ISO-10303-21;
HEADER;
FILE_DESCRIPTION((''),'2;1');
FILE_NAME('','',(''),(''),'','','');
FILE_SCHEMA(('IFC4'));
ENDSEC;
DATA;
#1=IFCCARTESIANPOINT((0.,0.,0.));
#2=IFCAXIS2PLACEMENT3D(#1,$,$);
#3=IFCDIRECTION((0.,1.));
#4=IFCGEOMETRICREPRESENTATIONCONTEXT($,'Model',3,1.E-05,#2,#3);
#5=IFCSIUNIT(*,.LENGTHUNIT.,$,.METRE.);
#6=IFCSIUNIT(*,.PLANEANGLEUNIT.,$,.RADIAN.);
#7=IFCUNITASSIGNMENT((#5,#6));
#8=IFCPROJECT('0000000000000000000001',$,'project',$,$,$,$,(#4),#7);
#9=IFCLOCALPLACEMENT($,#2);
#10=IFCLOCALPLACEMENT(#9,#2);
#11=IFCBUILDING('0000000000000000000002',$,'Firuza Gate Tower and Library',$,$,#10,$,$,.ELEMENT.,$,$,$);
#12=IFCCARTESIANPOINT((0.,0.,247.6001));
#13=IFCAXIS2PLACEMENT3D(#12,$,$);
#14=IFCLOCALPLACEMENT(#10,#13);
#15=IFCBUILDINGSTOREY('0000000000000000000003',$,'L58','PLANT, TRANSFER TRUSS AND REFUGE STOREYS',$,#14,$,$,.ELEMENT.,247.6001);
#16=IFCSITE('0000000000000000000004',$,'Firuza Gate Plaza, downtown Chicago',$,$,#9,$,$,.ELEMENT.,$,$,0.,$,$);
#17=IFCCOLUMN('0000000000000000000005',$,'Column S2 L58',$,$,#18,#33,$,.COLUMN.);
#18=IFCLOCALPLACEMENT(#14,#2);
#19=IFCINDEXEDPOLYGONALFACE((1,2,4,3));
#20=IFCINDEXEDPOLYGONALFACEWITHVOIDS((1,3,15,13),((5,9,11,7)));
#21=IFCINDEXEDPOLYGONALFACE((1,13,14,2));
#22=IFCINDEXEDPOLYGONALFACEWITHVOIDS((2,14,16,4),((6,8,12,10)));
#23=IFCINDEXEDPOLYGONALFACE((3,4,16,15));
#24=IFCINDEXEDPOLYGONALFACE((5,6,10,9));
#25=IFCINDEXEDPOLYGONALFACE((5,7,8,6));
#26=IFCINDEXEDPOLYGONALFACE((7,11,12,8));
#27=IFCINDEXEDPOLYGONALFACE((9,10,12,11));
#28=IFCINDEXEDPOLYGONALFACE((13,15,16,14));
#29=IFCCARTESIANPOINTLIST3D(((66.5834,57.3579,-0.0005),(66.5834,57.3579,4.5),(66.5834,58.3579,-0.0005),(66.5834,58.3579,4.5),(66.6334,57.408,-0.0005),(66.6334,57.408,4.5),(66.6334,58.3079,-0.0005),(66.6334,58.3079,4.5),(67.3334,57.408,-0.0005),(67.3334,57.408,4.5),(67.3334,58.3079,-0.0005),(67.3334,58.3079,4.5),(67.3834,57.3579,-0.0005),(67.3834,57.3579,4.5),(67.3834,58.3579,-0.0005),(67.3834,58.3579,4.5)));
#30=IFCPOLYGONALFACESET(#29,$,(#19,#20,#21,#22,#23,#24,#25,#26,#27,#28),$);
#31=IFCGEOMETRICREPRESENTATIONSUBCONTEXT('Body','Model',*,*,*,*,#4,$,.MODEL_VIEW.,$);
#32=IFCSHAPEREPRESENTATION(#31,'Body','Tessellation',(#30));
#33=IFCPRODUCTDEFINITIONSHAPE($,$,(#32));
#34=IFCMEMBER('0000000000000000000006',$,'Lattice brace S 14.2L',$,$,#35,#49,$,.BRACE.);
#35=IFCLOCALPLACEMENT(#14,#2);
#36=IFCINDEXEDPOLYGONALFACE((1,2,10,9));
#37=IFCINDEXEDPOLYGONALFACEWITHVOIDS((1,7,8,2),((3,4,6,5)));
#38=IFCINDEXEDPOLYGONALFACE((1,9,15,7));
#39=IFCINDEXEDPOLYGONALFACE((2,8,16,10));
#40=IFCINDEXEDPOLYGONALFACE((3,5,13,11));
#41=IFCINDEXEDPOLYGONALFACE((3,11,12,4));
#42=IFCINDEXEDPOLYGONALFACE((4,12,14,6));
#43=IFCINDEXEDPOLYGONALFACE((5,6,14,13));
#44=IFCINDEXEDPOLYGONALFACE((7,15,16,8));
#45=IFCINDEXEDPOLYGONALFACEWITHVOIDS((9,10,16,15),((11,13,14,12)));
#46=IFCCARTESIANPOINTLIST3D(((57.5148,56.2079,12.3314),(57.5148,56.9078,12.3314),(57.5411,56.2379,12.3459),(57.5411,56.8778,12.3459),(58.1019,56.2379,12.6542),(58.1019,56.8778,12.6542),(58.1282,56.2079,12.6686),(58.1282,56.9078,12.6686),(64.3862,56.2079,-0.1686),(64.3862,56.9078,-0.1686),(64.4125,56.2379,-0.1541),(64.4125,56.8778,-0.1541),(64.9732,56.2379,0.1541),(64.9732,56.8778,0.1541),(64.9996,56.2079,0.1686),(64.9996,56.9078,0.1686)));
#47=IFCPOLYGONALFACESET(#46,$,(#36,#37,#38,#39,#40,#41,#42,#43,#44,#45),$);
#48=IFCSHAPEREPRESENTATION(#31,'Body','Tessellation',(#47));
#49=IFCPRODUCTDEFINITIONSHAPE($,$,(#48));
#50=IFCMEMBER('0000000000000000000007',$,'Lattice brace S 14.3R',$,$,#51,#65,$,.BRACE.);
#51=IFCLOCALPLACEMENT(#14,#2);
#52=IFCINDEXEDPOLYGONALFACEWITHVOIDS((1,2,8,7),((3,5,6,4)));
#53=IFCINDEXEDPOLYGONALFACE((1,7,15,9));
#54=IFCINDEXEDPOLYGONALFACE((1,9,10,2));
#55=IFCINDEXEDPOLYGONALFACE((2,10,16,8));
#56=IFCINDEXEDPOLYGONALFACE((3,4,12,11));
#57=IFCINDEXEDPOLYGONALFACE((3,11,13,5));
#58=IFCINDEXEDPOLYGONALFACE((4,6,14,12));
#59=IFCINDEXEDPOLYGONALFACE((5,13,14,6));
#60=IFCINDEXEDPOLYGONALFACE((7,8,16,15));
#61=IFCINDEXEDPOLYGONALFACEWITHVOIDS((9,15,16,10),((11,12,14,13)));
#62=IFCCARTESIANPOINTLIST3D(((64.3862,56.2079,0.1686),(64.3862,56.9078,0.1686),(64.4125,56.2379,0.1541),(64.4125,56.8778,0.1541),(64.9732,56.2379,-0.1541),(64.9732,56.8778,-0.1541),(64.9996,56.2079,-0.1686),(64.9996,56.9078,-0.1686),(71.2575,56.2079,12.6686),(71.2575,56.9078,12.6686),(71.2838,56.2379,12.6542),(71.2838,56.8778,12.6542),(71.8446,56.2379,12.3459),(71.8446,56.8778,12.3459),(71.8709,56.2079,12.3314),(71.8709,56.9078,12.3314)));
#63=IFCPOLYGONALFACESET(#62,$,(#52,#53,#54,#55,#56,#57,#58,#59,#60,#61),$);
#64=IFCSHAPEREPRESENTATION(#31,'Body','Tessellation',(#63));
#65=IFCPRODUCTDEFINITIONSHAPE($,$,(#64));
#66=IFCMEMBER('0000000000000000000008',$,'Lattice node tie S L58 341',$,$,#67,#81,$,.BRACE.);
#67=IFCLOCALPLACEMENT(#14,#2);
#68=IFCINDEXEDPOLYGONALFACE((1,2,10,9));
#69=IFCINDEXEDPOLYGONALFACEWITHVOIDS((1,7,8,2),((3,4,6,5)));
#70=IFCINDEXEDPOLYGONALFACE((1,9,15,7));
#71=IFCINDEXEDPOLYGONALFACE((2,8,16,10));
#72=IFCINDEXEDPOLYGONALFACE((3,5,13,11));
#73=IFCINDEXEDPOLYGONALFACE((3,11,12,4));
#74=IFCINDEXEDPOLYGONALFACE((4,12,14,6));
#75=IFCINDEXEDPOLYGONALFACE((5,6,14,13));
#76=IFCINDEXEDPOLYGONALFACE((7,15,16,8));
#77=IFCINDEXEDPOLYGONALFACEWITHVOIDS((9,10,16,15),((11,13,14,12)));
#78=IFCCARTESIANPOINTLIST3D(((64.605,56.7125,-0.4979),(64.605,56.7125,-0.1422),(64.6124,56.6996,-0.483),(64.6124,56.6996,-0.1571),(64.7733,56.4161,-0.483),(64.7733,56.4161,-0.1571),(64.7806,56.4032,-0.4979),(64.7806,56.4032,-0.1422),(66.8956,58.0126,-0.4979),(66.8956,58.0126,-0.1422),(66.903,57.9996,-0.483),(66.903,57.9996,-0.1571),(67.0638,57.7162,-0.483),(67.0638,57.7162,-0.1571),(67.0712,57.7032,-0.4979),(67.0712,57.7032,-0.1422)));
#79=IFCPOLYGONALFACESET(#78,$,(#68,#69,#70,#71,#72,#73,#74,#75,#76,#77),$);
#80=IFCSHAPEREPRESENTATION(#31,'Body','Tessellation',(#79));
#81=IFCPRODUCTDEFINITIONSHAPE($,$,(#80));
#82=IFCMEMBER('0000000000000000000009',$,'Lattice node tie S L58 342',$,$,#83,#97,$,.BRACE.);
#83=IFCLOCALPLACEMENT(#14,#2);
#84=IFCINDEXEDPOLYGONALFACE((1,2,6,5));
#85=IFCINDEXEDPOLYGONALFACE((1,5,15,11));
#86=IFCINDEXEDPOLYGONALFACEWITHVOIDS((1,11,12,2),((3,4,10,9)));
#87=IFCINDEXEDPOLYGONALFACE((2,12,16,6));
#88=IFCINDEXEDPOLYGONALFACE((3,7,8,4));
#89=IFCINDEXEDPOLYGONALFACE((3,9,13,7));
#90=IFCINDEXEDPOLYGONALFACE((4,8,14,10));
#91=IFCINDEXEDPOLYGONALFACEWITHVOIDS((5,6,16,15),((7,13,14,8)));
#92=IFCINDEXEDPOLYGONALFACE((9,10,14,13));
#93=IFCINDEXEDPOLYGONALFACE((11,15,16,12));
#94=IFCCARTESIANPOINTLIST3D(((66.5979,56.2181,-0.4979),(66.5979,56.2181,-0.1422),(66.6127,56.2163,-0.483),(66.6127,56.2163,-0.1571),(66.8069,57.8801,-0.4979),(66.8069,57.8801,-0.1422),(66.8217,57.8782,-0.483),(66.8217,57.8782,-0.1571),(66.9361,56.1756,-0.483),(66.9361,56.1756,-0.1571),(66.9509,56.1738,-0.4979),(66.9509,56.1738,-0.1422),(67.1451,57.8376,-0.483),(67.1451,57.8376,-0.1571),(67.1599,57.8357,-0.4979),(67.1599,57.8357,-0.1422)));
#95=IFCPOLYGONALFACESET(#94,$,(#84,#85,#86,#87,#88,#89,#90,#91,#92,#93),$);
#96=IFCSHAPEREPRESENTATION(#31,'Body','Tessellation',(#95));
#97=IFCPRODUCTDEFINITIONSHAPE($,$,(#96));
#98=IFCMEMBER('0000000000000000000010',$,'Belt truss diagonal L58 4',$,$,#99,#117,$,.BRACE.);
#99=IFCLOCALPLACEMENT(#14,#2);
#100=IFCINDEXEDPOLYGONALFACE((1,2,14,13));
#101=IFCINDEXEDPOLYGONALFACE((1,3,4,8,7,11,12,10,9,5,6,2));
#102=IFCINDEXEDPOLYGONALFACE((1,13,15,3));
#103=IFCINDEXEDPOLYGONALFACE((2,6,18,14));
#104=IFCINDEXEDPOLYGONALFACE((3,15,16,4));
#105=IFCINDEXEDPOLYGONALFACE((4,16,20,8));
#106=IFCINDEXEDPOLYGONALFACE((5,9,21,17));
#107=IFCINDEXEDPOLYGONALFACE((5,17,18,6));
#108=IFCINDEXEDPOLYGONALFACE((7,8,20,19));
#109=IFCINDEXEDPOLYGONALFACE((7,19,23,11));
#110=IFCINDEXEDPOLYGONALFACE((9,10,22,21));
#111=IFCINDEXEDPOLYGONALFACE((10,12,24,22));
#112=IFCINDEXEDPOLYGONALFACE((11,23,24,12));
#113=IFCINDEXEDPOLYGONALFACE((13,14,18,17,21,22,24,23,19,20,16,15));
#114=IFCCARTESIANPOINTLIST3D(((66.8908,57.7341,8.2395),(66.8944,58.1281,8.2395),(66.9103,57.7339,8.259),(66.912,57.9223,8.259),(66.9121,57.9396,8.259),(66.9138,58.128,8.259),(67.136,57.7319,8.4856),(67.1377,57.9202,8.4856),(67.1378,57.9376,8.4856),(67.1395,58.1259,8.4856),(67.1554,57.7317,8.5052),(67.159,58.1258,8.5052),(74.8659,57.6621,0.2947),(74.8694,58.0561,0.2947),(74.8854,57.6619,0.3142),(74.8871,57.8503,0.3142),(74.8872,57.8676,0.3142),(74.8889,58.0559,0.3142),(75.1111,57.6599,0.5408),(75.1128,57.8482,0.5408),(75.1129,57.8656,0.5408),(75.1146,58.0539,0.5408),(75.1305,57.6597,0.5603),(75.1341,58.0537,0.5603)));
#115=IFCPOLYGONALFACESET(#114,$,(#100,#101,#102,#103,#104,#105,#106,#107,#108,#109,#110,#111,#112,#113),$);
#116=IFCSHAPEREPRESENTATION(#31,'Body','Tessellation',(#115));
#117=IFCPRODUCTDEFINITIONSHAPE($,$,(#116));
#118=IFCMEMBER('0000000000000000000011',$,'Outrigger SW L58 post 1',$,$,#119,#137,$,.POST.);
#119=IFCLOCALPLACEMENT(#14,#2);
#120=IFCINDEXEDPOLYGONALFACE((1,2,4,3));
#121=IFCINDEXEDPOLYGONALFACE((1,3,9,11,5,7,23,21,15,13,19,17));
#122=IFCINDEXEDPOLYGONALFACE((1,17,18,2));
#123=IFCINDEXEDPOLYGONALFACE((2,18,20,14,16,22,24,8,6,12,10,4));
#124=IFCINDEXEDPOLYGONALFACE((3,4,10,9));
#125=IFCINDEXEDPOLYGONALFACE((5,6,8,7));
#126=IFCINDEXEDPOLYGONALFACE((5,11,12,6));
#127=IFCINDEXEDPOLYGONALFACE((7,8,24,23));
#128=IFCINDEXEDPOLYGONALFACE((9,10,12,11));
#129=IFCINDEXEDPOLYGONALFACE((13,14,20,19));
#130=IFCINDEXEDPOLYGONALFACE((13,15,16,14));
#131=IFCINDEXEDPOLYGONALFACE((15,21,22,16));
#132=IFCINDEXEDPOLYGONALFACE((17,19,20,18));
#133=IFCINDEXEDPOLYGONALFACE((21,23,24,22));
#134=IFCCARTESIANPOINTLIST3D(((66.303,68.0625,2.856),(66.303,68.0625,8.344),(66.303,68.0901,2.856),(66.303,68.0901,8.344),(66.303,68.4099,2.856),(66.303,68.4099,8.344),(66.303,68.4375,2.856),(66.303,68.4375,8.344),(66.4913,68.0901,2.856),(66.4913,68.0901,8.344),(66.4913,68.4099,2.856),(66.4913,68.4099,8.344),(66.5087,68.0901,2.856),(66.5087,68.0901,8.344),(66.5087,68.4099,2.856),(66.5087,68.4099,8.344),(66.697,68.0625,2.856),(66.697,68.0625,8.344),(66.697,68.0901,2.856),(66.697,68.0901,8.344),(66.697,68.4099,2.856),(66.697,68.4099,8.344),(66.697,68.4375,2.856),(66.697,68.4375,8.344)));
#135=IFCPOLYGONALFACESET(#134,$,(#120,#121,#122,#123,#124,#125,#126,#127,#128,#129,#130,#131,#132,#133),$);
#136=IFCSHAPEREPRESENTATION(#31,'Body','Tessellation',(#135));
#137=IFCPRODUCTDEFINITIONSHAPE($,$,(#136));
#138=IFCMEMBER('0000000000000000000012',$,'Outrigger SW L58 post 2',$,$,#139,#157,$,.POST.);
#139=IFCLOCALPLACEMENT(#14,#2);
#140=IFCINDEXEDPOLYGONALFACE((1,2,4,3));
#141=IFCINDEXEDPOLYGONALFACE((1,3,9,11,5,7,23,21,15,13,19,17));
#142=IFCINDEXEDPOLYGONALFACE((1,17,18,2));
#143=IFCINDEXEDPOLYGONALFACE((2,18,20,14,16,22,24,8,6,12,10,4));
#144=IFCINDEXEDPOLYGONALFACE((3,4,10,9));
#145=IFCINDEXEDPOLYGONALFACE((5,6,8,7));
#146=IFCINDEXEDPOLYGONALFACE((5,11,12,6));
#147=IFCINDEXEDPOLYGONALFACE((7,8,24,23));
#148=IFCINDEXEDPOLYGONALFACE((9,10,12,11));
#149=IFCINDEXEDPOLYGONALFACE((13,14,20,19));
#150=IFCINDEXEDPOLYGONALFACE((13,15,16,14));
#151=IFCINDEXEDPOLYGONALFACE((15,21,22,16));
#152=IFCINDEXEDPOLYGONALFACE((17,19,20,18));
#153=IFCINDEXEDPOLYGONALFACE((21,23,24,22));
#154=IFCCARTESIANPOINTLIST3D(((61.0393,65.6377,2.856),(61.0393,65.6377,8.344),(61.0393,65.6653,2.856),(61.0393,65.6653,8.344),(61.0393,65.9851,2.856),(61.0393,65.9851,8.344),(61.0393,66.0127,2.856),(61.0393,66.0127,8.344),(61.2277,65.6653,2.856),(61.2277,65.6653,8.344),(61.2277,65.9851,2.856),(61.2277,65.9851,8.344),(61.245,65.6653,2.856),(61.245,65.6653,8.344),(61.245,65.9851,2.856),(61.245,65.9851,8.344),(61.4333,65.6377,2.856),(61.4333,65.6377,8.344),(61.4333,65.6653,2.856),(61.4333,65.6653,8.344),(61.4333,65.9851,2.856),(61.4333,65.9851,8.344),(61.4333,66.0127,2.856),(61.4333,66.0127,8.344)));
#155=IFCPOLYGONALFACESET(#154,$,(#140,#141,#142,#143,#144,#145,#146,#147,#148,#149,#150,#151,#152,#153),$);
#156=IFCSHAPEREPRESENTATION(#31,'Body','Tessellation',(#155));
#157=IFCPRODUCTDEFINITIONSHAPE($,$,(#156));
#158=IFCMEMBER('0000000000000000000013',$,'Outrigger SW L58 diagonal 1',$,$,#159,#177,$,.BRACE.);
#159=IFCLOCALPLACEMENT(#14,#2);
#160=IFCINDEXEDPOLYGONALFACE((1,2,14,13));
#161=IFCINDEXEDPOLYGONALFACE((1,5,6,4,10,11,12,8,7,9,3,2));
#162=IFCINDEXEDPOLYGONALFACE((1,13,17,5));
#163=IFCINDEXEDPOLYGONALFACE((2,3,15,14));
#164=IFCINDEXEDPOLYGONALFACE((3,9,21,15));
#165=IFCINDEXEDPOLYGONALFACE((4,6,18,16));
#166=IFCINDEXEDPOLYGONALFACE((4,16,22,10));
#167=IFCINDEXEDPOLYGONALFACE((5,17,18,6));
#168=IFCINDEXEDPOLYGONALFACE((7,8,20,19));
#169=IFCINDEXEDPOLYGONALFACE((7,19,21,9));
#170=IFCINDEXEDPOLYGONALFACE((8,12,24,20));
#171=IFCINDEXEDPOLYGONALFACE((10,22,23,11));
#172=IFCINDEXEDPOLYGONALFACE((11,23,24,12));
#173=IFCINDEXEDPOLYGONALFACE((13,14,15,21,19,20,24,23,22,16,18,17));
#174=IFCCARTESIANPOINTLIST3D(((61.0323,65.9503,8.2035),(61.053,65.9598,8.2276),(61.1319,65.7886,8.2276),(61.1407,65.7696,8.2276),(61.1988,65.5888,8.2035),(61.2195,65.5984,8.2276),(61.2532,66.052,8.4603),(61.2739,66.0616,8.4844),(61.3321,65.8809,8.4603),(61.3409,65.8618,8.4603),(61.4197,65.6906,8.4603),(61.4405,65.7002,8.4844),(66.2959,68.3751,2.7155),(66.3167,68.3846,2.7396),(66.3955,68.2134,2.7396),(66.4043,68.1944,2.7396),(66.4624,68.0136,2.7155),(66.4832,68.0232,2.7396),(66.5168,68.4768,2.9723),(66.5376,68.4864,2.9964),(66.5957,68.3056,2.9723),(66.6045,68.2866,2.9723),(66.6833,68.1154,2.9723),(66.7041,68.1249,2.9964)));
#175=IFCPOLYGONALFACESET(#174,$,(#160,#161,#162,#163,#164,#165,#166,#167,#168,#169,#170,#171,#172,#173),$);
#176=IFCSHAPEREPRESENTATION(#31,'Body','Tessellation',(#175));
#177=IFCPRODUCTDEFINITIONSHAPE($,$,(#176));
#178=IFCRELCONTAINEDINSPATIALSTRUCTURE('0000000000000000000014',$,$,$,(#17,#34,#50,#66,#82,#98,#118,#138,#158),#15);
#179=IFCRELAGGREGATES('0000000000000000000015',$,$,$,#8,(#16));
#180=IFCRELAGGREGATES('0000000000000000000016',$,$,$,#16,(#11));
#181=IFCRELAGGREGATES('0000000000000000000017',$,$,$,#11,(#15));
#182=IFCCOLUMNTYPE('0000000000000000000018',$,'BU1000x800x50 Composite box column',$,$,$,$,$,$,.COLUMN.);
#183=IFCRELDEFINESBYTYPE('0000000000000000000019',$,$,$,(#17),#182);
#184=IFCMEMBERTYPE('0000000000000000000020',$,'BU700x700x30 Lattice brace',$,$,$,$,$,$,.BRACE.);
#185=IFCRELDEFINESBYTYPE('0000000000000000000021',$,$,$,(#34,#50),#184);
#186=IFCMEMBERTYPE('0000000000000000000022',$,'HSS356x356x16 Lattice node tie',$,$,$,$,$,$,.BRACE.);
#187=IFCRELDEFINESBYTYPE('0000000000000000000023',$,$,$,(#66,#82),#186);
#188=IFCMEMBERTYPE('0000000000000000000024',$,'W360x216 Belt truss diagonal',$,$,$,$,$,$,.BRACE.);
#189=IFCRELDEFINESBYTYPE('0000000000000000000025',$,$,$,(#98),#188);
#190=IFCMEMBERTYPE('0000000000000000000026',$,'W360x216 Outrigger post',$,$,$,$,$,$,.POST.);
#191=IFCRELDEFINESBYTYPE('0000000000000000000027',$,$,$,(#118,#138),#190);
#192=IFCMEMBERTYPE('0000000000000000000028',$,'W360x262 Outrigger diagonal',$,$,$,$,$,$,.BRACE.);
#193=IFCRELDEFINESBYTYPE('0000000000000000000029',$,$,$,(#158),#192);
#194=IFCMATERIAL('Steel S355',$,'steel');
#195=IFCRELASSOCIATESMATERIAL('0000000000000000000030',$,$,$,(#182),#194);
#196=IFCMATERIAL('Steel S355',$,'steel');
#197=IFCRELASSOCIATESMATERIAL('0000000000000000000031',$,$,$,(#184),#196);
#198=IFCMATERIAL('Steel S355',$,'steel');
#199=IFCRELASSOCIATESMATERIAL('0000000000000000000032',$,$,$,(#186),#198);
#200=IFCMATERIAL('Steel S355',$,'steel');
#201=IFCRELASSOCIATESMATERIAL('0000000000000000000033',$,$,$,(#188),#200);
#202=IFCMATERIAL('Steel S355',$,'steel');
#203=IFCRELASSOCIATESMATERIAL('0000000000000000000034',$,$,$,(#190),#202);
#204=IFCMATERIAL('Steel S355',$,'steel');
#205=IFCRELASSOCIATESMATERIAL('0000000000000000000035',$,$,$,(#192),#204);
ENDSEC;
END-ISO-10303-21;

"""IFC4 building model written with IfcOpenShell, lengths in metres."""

from ifc_helpers import new_model, si_unit, direction, frame, origin, origin_2d, place, context, subcontext, project, spatial, hollow_rectangle, i_section, extrude, material, material_profile, profile_set, type_object, element, save


model = new_model("IFC4")

# Units and contexts
model_context = context("Model", 3, precision=1e-05, world=origin(), true_north=direction((0.0, 1.0)))
body_context = subcontext(model_context, "Body", "Model", "MODEL_VIEW")
ifc_project = project(units=[si_unit("LENGTHUNIT", "METRE"), si_unit("PLANEANGLEUNIT", "RADIAN")], contexts=[model_context])

# Site, building, storey
site_placement = place(None, origin())
site = spatial("IfcSite", under=ifc_project, at=site_placement, Name="Firuza Gate Plaza, downtown Chicago", CompositionType="ELEMENT", RefElevation=0.0)
building_placement = place(site_placement, origin())
building = spatial("IfcBuilding", under=site, at=building_placement, Name="Firuza Gate Tower and Library", CompositionType="ELEMENT")
storey_placement = place(building_placement, frame((0.0, 0.0, 247.6001)))
storey = spatial("IfcBuildingStorey", under=building, at=storey_placement, Name="L58", Description="PLANT, TRANSFER TRUSS AND REFUGE STOREYS", CompositionType="ELEMENT", Elevation=247.6001)

# Column
ifc_material_1 = material(Name="Steel S355", Category="steel")
ifc_material_profile_1 = material_profile(ifc_material_1, hollow_rectangle(XDim=0.8, YDim=1.0, WallThickness=0.05, at=origin_2d()))
ifc_profile_set_1 = profile_set([ifc_material_profile_1], Name="Steel S355")
column_type = type_object("IfcColumnType", Name="BU1000x800x50 Composite box column", PredefinedType="COLUMN", material=ifc_profile_set_1)
column_placement = place(storey_placement, frame((66.9834, 57.8579, -0.0005), z_axis=(0.0, 0.0, 1.0), x_axis=(1.0, 0.0, 0.0)))
element("IfcColumn", 1, at=column_placement, inside=storey, type_object=column_type, Name="Column S2 L58", PredefinedType="COLUMN", context=body_context, shape_type="SweptSolid", body=[
    extrude(hollow_rectangle(XDim=0.8, YDim=1.0, WallThickness=0.05, at=origin_2d()), origin(), (0.0, 0.0, 1.0), 4.5005),
])

# Members
ifc_material_2 = material(Name="Steel S355", Category="steel")
ifc_material_profile_2 = material_profile(ifc_material_2, hollow_rectangle(XDim=0.7, YDim=0.7, WallThickness=0.03, at=origin_2d()))
ifc_profile_set_2 = profile_set([ifc_material_profile_2], Name="Steel S355")
member_type_1 = type_object("IfcMemberType", Name="BU700x700x30 Lattice brace", PredefinedType="BRACE", material=ifc_profile_set_2)
for number, where, z_axis, x_axis, name in (
    (2, (64.6929, 56.5579, 0.0), (-0.481722, 0.0, 0.876324), (0.0, -1.0, 0.0), "Lattice brace S 14.2L"),
    (3, (64.6929, 56.5579, 0.0), (0.481722, 0.0, 0.876324), (0.0, 1.0, 0.0), "Lattice brace S 14.3R"),
):
    element("IfcMember", number, at=place(storey_placement, frame(where, z_axis=z_axis, x_axis=x_axis)), inside=storey, type_object=member_type_1, Name=name, PredefinedType="BRACE", context=body_context, shape_type="SweptSolid", body=[
        extrude(hollow_rectangle(XDim=0.7, YDim=0.7, WallThickness=0.03, at=origin_2d()), origin(), (0.0, 0.0, 1.0), 14.2642),
    ])
ifc_material_3 = material(Name="Steel S355", Category="steel")
ifc_material_profile_3 = material_profile(ifc_material_3, hollow_rectangle(XDim=0.3557, YDim=0.3557, WallThickness=0.0149, at=origin_2d()))
ifc_profile_set_3 = profile_set([ifc_material_profile_3], Name="Steel S355")
member_type_2 = type_object("IfcMemberType", Name="HSS356x356x16 Lattice node tie", PredefinedType="BRACE", material=ifc_profile_set_3)
member_1_placement = place(storey_placement, frame((66.9834, 57.8579, -0.3201), z_axis=(-0.869683, -0.493611, 0.0), x_axis=(0.493611, -0.869683, 0.0)))
element("IfcMember", 4, at=member_1_placement, inside=storey, type_object=member_type_2, Name="Lattice node tie S L58 341", PredefinedType="BRACE", context=body_context, shape_type="SweptSolid", body=[
    extrude(hollow_rectangle(XDim=0.3557, YDim=0.3557, WallThickness=0.0149, at=origin_2d()), origin(), (0.0, 0.0, 1.0), 2.6338),
])
member_2_placement = place(storey_placement, frame((66.9834, 57.8579, -0.3201), z_axis=(-0.12477, -0.992186, 0.0), x_axis=(0.992186, -0.12477, 0.0)))
element("IfcMember", 5, at=member_2_placement, inside=storey, type_object=member_type_2, Name="Lattice node tie S L58 342", PredefinedType="BRACE", context=body_context, shape_type="SweptSolid", body=[
    extrude(hollow_rectangle(XDim=0.3557, YDim=0.3557, WallThickness=0.0149, at=origin_2d()), origin(), (0.0, 0.0, 1.0), 1.675),
])
ifc_material_4 = material(Name="Steel S355", Category="steel")
ifc_material_profile_4 = material_profile(ifc_material_4, i_section(OverallWidth=0.394, OverallDepth=0.375, WebThickness=0.0173, FlangeThickness=0.0276, at=origin_2d()))
ifc_profile_set_4 = profile_set([ifc_material_profile_4], Name="Steel S355")
member_type_3 = type_object("IfcMemberType", Name="W360x216 Belt truss diagonal", PredefinedType="BRACE", material=ifc_profile_set_4)
member_3_placement = place(storey_placement, frame((67.0249, 57.9299, 8.3723), z_axis=(0.708436, -0.006398, -0.705746), x_axis=(0.00903, 0.999959, 0.0)))
element("IfcMember", 6, at=member_3_placement, inside=storey, type_object=member_type_3, Name="Belt truss diagonal L58 4", PredefinedType="BRACE", context=body_context, shape_type="SweptSolid", body=[
    extrude(i_section(OverallWidth=0.394, OverallDepth=0.375, WebThickness=0.0173, FlangeThickness=0.0276, at=origin_2d()), origin(), (0.0, 0.0, 1.0), 11.2573),
])
ifc_material_5 = material(Name="Steel S355", Category="steel")
ifc_material_profile_5 = material_profile(ifc_material_5, i_section(OverallWidth=0.394, OverallDepth=0.375, WebThickness=0.0173, FlangeThickness=0.0276, at=origin_2d()))
ifc_profile_set_5 = profile_set([ifc_material_profile_5], Name="Steel S355")
member_type_4 = type_object("IfcMemberType", Name="W360x216 Outrigger post", PredefinedType="POST", material=ifc_profile_set_5)
for number, where, z_axis, x_axis, name in (
    (7, (66.5, 68.25, 2.856), (0.0, 0.0, 1.0), (1.0, 0.0, 0.0), "Outrigger SW L58 post 1"),
    (8, (61.2363, 65.8252, 2.856), (0.0, 0.0, 1.0), (1.0, 0.0, 0.0), "Outrigger SW L58 post 2"),
):
    element("IfcMember", number, at=place(storey_placement, frame(where, z_axis=z_axis, x_axis=x_axis)), inside=storey, type_object=member_type_4, Name=name, PredefinedType="POST", context=body_context, shape_type="SweptSolid", body=[
        extrude(i_section(OverallWidth=0.394, OverallDepth=0.375, WebThickness=0.0173, FlangeThickness=0.0276, at=origin_2d()), origin(), (0.0, 0.0, 1.0), 5.488),
    ])
ifc_material_6 = material(Name="Steel S355", Category="steel")
ifc_material_profile_6 = material_profile(ifc_material_6, i_section(OverallWidth=0.3979, OverallDepth=0.387, WebThickness=0.021, FlangeThickness=0.0332, at=origin_2d()))
ifc_profile_set_6 = profile_set([ifc_material_profile_6], Name="Steel S355")
member_type_5 = type_object("IfcMemberType", Name="W360x262 Outrigger diagonal", PredefinedType="BRACE", material=ifc_profile_set_6)
for number, where, z_axis, x_axis, name in (
    (9, (66.5, 68.25, 2.856), (-0.659483, -0.303803, 0.687594), (0.418406, -0.90826, 0.0), "Outrigger SW L58 diagonal 1"),
):
    element("IfcMember", number, at=place(storey_placement, frame(where, z_axis=z_axis, x_axis=x_axis)), inside=storey, type_object=member_type_5, Name=name, PredefinedType="BRACE", context=body_context, shape_type="SweptSolid", body=[
        extrude(i_section(OverallWidth=0.3979, OverallDepth=0.387, WebThickness=0.021, FlangeThickness=0.0332, at=origin_2d()), origin(), (0.0, 0.0, 1.0), 7.9814),
    ])

save(model, "model.ifc")
